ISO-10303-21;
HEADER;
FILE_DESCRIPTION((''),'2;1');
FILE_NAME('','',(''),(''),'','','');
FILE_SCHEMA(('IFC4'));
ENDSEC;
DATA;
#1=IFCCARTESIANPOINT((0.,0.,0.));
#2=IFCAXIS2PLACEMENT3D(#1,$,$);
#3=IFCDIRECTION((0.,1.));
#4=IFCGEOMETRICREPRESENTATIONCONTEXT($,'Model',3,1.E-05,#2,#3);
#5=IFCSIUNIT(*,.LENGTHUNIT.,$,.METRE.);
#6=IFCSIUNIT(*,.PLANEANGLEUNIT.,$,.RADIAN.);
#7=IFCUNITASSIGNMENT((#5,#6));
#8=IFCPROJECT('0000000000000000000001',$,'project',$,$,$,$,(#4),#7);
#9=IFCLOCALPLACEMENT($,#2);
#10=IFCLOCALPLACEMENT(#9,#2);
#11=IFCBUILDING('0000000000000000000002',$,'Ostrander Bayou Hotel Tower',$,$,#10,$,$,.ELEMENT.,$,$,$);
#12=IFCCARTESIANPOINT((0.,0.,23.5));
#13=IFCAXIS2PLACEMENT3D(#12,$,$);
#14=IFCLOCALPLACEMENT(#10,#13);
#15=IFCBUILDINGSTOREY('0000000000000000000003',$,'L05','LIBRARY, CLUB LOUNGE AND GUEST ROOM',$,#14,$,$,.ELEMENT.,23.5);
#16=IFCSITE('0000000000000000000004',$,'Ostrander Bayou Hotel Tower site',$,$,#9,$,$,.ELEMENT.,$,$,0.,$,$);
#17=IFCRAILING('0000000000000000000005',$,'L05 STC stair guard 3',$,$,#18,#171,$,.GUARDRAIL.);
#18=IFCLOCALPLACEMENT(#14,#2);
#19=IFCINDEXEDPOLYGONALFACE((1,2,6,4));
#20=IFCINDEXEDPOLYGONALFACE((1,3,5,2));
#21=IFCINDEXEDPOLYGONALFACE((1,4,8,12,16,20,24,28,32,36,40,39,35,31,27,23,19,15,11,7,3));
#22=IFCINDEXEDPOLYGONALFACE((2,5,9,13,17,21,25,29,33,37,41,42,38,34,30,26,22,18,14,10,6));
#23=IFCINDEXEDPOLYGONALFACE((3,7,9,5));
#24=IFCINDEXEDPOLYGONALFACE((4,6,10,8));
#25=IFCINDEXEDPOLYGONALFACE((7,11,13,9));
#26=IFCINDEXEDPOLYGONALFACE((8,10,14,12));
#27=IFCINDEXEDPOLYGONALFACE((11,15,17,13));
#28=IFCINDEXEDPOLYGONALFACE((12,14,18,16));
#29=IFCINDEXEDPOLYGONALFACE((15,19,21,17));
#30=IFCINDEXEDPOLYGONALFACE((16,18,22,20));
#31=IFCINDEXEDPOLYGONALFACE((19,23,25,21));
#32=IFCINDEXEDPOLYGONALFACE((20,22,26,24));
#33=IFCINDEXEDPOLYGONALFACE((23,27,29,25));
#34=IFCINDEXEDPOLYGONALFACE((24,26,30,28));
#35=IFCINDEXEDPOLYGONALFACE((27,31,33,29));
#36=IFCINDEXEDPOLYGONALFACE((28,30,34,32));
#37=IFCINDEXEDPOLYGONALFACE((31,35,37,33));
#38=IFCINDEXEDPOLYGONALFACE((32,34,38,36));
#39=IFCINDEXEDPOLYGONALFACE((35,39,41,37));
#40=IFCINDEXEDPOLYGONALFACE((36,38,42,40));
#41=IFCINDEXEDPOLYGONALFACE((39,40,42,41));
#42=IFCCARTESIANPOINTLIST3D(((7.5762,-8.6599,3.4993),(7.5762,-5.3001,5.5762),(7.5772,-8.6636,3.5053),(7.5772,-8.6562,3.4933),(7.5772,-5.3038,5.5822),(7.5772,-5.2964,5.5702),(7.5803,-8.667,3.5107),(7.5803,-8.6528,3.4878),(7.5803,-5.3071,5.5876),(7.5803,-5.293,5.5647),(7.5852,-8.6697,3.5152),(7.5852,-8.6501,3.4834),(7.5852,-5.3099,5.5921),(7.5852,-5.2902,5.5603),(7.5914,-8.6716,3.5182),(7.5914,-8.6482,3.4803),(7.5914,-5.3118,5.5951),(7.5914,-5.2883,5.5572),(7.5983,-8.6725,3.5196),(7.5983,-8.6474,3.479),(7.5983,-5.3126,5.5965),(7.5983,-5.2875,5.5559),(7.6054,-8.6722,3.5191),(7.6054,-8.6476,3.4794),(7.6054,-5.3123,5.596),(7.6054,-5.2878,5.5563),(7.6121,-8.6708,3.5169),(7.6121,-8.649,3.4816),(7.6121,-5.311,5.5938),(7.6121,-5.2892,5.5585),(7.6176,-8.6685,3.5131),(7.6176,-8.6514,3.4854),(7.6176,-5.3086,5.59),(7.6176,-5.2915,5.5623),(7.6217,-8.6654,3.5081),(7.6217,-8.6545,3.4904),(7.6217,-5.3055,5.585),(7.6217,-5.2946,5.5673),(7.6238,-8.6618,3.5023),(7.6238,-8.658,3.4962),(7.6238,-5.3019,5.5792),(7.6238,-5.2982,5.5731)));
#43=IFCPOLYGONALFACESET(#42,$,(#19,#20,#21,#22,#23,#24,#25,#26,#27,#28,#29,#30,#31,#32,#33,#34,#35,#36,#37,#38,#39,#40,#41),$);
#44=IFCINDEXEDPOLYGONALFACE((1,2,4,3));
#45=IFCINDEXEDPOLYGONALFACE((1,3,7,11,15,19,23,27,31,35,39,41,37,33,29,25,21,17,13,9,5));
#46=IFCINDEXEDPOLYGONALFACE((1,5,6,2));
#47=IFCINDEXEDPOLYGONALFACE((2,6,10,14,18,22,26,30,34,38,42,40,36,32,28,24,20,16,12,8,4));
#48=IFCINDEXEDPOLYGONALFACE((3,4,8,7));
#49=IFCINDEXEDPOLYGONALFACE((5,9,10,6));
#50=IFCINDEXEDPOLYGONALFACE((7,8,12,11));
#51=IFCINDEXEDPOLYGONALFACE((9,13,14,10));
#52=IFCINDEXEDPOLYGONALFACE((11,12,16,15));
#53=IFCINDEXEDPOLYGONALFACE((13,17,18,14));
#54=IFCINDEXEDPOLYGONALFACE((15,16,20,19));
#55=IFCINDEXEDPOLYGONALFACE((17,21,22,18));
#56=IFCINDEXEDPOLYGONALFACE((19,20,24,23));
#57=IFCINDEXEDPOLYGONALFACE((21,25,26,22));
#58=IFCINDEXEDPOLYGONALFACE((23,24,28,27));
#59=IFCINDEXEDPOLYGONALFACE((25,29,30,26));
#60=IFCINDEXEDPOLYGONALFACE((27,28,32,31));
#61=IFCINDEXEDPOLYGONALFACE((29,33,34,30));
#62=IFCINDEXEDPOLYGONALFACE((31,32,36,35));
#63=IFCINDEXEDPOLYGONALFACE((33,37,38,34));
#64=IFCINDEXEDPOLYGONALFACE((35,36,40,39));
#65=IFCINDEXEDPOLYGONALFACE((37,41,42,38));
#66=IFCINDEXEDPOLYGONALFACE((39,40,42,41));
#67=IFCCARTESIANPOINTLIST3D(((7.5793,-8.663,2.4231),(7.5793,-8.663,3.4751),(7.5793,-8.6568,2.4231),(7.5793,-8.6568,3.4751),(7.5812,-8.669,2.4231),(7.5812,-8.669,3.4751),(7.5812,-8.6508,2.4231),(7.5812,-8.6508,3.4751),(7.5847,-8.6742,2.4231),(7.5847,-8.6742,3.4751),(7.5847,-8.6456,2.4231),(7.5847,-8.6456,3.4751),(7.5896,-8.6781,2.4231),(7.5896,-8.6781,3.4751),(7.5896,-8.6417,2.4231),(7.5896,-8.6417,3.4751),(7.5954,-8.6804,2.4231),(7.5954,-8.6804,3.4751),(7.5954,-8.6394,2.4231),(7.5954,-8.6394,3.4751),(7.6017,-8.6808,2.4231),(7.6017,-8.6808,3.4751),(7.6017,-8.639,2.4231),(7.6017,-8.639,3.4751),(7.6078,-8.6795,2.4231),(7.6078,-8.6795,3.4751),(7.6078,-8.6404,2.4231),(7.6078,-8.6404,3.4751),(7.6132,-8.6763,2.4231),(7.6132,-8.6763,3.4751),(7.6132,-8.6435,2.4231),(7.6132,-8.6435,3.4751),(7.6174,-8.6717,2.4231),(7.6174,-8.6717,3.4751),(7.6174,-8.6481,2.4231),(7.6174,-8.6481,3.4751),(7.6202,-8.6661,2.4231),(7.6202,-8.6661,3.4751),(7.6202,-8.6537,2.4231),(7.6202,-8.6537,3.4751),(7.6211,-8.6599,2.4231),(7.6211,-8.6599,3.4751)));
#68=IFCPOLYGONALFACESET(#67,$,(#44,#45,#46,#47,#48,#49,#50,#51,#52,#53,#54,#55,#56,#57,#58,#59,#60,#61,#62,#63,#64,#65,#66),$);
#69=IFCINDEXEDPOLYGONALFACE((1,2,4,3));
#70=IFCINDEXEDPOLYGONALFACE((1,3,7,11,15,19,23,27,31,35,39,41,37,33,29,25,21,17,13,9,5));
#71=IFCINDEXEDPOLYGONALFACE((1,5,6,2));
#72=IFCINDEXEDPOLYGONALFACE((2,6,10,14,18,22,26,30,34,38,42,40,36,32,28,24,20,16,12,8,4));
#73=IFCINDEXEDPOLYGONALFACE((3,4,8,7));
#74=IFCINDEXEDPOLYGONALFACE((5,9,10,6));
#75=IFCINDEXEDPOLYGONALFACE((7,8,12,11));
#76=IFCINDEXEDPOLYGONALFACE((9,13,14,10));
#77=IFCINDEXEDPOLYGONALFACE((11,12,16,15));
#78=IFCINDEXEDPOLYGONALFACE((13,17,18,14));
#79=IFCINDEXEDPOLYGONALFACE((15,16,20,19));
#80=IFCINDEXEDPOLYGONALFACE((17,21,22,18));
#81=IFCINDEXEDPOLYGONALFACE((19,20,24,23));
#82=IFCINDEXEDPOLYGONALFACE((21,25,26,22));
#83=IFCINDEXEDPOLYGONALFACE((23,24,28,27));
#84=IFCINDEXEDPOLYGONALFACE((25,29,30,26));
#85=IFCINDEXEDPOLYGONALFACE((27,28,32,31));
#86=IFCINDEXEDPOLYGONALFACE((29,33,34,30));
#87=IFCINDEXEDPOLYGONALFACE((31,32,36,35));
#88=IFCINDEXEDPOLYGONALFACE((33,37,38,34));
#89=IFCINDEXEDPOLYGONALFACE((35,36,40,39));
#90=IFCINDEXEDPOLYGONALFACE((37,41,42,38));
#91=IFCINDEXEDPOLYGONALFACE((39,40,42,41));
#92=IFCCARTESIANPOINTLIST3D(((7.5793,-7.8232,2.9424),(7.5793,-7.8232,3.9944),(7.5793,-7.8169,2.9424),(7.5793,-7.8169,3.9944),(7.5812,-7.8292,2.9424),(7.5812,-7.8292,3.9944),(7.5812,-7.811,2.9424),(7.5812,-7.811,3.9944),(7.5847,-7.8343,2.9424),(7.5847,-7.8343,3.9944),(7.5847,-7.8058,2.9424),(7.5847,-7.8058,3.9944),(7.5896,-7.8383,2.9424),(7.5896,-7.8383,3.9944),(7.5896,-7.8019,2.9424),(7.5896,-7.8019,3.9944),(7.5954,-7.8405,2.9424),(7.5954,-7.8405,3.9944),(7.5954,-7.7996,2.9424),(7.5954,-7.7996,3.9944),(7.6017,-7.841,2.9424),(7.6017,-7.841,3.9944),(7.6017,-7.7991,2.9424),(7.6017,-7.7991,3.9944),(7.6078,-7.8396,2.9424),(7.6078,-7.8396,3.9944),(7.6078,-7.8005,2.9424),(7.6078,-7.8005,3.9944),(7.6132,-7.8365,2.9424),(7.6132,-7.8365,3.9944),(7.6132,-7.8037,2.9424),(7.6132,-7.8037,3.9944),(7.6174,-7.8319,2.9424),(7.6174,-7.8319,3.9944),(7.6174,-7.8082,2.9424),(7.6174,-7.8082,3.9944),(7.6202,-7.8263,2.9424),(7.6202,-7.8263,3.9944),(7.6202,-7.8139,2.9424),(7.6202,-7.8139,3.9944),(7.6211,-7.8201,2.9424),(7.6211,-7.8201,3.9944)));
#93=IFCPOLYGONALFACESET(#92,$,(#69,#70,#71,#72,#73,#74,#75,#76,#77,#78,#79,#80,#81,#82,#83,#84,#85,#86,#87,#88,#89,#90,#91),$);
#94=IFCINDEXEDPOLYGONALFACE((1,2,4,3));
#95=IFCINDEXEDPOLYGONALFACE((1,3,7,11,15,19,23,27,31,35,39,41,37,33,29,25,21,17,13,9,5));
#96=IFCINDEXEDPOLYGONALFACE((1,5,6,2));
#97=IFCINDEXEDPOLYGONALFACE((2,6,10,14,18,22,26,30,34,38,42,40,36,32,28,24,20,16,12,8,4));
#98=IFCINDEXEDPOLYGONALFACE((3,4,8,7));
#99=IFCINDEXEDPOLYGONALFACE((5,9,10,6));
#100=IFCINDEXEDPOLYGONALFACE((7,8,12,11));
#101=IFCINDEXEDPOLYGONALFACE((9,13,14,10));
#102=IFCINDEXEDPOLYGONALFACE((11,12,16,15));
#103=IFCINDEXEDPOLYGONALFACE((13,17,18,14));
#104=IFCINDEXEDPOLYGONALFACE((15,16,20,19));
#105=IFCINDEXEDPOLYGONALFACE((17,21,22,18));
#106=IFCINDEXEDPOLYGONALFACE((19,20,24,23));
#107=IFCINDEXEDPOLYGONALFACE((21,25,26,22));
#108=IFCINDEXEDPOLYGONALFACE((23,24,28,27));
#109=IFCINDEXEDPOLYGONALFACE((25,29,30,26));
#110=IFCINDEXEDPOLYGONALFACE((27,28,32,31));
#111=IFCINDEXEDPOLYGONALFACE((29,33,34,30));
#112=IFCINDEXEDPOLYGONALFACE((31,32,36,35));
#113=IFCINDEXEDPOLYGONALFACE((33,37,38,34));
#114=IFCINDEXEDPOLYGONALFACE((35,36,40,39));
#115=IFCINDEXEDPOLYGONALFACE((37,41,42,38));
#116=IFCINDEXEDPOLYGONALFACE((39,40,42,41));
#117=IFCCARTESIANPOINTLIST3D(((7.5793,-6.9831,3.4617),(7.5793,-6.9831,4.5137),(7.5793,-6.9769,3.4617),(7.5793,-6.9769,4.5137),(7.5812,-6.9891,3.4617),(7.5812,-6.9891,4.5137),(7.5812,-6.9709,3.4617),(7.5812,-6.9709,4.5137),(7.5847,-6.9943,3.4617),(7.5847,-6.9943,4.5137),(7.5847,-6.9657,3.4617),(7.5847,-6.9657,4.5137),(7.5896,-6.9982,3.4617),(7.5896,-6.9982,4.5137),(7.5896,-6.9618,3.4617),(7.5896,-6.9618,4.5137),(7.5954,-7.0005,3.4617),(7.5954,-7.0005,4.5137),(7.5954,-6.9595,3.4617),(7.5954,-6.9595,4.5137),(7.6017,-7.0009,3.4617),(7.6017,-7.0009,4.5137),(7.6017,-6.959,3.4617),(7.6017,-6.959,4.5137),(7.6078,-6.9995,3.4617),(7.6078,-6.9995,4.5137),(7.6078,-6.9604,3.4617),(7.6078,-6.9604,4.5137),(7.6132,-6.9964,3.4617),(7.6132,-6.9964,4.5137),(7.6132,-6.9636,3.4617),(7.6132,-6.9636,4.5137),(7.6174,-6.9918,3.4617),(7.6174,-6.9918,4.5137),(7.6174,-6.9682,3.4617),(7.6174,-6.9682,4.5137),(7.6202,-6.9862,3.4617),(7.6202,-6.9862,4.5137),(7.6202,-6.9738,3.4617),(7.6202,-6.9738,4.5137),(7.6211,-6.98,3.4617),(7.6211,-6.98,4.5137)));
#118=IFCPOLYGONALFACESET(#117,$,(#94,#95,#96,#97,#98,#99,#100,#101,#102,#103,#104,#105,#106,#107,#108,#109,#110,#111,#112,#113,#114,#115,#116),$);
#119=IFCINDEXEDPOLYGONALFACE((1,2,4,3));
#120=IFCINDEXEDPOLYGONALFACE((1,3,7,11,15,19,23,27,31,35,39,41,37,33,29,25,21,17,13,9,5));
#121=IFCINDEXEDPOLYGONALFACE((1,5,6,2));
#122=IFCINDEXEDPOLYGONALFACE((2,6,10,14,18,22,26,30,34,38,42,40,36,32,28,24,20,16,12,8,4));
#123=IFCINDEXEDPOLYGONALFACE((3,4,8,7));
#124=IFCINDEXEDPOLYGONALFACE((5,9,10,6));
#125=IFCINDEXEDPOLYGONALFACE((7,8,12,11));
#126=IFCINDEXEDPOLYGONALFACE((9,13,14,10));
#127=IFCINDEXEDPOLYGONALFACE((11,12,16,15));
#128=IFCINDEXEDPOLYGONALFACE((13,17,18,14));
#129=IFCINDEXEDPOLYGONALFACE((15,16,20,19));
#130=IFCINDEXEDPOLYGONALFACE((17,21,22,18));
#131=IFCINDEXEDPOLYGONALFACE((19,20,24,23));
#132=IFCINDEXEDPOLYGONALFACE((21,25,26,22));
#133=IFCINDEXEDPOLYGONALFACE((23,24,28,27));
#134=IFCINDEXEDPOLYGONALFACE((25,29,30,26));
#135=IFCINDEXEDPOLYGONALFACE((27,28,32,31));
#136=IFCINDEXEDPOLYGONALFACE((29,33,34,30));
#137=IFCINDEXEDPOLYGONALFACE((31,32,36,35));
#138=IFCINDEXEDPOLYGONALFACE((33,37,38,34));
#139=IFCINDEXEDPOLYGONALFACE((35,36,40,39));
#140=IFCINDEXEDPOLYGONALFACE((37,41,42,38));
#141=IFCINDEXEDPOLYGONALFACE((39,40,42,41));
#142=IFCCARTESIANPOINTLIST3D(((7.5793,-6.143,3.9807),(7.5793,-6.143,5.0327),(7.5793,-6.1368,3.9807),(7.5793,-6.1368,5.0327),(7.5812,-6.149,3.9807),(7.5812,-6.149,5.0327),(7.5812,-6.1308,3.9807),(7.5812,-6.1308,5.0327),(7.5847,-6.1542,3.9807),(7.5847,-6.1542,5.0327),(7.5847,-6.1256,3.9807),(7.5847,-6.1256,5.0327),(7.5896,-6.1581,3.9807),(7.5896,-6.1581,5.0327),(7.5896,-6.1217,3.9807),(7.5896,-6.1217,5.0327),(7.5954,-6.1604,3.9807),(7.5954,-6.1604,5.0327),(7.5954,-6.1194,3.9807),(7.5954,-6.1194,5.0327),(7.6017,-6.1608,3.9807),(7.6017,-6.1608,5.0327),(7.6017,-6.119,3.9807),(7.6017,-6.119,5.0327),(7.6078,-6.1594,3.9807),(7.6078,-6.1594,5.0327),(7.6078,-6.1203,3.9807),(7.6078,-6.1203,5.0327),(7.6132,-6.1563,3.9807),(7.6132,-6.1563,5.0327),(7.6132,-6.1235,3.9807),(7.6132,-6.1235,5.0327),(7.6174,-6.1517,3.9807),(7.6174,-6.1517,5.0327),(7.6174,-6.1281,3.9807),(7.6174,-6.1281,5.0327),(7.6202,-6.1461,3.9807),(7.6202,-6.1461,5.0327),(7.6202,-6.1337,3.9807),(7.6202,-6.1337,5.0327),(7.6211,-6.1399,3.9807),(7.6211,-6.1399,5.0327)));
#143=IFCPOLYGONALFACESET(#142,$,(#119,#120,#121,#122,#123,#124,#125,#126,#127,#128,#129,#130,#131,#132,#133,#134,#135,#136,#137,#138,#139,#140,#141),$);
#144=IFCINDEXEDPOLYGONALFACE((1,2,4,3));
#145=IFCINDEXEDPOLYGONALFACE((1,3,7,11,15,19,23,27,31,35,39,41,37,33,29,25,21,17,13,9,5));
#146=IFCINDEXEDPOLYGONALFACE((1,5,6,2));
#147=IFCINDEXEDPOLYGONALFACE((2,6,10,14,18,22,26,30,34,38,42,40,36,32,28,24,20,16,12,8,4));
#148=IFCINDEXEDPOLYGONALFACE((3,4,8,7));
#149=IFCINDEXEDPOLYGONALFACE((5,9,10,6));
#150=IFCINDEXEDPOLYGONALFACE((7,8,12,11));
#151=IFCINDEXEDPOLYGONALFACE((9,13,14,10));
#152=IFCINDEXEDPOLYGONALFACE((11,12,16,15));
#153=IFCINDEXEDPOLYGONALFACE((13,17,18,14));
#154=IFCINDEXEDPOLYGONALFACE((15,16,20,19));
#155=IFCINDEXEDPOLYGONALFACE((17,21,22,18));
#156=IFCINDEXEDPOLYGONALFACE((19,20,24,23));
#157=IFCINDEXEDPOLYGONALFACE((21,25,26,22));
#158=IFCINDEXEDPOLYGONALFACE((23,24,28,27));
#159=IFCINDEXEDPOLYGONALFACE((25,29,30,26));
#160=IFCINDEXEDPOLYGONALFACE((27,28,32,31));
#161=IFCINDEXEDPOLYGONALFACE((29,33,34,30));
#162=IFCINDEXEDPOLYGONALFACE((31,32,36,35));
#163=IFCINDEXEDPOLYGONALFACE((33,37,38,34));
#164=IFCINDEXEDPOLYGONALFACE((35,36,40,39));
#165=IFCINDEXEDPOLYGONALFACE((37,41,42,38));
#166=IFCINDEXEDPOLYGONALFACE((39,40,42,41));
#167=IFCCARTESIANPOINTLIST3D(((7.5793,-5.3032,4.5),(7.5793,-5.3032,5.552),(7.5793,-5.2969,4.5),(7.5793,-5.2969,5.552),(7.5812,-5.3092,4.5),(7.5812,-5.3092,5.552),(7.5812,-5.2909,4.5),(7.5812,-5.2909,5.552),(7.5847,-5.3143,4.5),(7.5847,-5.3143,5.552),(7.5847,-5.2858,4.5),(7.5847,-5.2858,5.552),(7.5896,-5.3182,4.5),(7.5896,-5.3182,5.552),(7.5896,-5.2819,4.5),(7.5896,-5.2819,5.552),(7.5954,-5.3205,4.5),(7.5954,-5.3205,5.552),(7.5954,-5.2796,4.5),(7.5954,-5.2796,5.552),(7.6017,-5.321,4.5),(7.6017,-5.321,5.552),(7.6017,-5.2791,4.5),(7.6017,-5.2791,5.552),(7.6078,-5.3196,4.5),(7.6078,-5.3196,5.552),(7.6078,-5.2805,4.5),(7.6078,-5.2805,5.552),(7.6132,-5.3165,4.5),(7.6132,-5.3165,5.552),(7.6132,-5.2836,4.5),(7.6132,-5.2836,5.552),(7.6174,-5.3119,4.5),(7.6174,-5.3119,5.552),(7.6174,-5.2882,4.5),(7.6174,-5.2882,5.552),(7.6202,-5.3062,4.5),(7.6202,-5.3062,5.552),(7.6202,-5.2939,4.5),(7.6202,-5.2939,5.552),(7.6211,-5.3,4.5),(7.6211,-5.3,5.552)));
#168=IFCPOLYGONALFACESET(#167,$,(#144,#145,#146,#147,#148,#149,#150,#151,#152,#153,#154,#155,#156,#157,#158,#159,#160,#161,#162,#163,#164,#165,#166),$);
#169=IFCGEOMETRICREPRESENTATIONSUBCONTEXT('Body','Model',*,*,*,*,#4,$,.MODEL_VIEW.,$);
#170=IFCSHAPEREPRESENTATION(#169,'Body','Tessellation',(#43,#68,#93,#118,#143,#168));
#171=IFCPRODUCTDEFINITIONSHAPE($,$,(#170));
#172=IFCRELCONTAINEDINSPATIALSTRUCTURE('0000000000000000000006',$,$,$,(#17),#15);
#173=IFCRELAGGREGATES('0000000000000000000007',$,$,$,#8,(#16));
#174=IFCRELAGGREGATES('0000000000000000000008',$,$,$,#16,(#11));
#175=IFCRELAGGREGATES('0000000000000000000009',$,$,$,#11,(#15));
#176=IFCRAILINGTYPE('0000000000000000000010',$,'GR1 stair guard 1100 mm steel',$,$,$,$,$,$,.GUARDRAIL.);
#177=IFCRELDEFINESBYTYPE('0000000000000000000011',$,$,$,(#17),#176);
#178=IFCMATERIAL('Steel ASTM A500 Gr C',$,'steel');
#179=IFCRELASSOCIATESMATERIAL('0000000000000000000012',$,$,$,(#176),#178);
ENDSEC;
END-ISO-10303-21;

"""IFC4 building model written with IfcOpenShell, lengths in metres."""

from ifc_helpers import new_model, si_unit, direction, frame, origin, origin_2d, place, context, subcontext, project, spatial, circle, extrude, material, type_object, element, save


model = new_model("IFC4")

# Units and contexts
model_context = context("Model", 3, precision=1e-05, world=origin(), true_north=direction((0.0, 1.0)))
body_context = subcontext(model_context, "Body", "Model", "MODEL_VIEW")
ifc_project = project(units=[si_unit("LENGTHUNIT", "METRE"), si_unit("PLANEANGLEUNIT", "RADIAN")], contexts=[model_context])

# Site, building, storey
site_placement = place(None, origin())
site = spatial("IfcSite", under=ifc_project, at=site_placement, Name="Ostrander Bayou Hotel Tower site", CompositionType="ELEMENT", RefElevation=0.0)
building_placement = place(site_placement, origin())
building = spatial("IfcBuilding", under=site, at=building_placement, Name="Ostrander Bayou Hotel Tower", CompositionType="ELEMENT")
storey_placement = place(building_placement, frame((0.0, 0.0, 23.5)))
storey = spatial("IfcBuildingStorey", under=building, at=storey_placement, Name="L05", Description="LIBRARY, CLUB LOUNGE AND GUEST ROOM", CompositionType="ELEMENT", Elevation=23.5)

# Railing
ifc_material_1 = material(Name="Steel ASTM A500 Gr C", Category="steel")
railing_type_1 = type_object("IfcRailingType", Name="GR1 stair guard 1100 mm steel", PredefinedType="GUARDRAIL", material=ifc_material_1)
railing_1_placement = place(storey_placement, frame((7.6001, -8.6599, 2.4231)))
element("IfcRailing", 1, at=railing_1_placement, inside=storey, type_object=railing_type_1, Name="L05 STC stair guard 3", PredefinedType="GUARDRAIL", context=body_context, shape_type="SweptSolid", body=[
    extrude(circle(Radius=0.0239, at=origin_2d()), frame((0.0, 0.0, 1.0762), z_axis=(0.0, 0.850606, 0.525803), x_axis=(-1.0, 0.0, 0.0)), (0.0, 0.0, 1.0), 3.95),
    extrude(circle(Radius=0.021, at=origin_2d()), origin(), (0.0, 0.0, 1.0), 1.052),
    extrude(circle(Radius=0.021, at=origin_2d()), frame((0.0, 0.8398, 0.5193)), (0.0, 0.0, 1.0), 1.052),
    extrude(circle(Radius=0.021, at=origin_2d()), frame((0.0, 1.6799, 1.0386)), (0.0, 0.0, 1.0), 1.052),
    extrude(circle(Radius=0.021, at=origin_2d()), frame((0.0, 2.52, 1.5576)), (0.0, 0.0, 1.0), 1.052),
    extrude(circle(Radius=0.021, at=origin_2d()), frame((0.0, 3.3599, 2.0769)), (0.0, 0.0, 1.0), 1.052),
])

save(model, "model.ifc")
